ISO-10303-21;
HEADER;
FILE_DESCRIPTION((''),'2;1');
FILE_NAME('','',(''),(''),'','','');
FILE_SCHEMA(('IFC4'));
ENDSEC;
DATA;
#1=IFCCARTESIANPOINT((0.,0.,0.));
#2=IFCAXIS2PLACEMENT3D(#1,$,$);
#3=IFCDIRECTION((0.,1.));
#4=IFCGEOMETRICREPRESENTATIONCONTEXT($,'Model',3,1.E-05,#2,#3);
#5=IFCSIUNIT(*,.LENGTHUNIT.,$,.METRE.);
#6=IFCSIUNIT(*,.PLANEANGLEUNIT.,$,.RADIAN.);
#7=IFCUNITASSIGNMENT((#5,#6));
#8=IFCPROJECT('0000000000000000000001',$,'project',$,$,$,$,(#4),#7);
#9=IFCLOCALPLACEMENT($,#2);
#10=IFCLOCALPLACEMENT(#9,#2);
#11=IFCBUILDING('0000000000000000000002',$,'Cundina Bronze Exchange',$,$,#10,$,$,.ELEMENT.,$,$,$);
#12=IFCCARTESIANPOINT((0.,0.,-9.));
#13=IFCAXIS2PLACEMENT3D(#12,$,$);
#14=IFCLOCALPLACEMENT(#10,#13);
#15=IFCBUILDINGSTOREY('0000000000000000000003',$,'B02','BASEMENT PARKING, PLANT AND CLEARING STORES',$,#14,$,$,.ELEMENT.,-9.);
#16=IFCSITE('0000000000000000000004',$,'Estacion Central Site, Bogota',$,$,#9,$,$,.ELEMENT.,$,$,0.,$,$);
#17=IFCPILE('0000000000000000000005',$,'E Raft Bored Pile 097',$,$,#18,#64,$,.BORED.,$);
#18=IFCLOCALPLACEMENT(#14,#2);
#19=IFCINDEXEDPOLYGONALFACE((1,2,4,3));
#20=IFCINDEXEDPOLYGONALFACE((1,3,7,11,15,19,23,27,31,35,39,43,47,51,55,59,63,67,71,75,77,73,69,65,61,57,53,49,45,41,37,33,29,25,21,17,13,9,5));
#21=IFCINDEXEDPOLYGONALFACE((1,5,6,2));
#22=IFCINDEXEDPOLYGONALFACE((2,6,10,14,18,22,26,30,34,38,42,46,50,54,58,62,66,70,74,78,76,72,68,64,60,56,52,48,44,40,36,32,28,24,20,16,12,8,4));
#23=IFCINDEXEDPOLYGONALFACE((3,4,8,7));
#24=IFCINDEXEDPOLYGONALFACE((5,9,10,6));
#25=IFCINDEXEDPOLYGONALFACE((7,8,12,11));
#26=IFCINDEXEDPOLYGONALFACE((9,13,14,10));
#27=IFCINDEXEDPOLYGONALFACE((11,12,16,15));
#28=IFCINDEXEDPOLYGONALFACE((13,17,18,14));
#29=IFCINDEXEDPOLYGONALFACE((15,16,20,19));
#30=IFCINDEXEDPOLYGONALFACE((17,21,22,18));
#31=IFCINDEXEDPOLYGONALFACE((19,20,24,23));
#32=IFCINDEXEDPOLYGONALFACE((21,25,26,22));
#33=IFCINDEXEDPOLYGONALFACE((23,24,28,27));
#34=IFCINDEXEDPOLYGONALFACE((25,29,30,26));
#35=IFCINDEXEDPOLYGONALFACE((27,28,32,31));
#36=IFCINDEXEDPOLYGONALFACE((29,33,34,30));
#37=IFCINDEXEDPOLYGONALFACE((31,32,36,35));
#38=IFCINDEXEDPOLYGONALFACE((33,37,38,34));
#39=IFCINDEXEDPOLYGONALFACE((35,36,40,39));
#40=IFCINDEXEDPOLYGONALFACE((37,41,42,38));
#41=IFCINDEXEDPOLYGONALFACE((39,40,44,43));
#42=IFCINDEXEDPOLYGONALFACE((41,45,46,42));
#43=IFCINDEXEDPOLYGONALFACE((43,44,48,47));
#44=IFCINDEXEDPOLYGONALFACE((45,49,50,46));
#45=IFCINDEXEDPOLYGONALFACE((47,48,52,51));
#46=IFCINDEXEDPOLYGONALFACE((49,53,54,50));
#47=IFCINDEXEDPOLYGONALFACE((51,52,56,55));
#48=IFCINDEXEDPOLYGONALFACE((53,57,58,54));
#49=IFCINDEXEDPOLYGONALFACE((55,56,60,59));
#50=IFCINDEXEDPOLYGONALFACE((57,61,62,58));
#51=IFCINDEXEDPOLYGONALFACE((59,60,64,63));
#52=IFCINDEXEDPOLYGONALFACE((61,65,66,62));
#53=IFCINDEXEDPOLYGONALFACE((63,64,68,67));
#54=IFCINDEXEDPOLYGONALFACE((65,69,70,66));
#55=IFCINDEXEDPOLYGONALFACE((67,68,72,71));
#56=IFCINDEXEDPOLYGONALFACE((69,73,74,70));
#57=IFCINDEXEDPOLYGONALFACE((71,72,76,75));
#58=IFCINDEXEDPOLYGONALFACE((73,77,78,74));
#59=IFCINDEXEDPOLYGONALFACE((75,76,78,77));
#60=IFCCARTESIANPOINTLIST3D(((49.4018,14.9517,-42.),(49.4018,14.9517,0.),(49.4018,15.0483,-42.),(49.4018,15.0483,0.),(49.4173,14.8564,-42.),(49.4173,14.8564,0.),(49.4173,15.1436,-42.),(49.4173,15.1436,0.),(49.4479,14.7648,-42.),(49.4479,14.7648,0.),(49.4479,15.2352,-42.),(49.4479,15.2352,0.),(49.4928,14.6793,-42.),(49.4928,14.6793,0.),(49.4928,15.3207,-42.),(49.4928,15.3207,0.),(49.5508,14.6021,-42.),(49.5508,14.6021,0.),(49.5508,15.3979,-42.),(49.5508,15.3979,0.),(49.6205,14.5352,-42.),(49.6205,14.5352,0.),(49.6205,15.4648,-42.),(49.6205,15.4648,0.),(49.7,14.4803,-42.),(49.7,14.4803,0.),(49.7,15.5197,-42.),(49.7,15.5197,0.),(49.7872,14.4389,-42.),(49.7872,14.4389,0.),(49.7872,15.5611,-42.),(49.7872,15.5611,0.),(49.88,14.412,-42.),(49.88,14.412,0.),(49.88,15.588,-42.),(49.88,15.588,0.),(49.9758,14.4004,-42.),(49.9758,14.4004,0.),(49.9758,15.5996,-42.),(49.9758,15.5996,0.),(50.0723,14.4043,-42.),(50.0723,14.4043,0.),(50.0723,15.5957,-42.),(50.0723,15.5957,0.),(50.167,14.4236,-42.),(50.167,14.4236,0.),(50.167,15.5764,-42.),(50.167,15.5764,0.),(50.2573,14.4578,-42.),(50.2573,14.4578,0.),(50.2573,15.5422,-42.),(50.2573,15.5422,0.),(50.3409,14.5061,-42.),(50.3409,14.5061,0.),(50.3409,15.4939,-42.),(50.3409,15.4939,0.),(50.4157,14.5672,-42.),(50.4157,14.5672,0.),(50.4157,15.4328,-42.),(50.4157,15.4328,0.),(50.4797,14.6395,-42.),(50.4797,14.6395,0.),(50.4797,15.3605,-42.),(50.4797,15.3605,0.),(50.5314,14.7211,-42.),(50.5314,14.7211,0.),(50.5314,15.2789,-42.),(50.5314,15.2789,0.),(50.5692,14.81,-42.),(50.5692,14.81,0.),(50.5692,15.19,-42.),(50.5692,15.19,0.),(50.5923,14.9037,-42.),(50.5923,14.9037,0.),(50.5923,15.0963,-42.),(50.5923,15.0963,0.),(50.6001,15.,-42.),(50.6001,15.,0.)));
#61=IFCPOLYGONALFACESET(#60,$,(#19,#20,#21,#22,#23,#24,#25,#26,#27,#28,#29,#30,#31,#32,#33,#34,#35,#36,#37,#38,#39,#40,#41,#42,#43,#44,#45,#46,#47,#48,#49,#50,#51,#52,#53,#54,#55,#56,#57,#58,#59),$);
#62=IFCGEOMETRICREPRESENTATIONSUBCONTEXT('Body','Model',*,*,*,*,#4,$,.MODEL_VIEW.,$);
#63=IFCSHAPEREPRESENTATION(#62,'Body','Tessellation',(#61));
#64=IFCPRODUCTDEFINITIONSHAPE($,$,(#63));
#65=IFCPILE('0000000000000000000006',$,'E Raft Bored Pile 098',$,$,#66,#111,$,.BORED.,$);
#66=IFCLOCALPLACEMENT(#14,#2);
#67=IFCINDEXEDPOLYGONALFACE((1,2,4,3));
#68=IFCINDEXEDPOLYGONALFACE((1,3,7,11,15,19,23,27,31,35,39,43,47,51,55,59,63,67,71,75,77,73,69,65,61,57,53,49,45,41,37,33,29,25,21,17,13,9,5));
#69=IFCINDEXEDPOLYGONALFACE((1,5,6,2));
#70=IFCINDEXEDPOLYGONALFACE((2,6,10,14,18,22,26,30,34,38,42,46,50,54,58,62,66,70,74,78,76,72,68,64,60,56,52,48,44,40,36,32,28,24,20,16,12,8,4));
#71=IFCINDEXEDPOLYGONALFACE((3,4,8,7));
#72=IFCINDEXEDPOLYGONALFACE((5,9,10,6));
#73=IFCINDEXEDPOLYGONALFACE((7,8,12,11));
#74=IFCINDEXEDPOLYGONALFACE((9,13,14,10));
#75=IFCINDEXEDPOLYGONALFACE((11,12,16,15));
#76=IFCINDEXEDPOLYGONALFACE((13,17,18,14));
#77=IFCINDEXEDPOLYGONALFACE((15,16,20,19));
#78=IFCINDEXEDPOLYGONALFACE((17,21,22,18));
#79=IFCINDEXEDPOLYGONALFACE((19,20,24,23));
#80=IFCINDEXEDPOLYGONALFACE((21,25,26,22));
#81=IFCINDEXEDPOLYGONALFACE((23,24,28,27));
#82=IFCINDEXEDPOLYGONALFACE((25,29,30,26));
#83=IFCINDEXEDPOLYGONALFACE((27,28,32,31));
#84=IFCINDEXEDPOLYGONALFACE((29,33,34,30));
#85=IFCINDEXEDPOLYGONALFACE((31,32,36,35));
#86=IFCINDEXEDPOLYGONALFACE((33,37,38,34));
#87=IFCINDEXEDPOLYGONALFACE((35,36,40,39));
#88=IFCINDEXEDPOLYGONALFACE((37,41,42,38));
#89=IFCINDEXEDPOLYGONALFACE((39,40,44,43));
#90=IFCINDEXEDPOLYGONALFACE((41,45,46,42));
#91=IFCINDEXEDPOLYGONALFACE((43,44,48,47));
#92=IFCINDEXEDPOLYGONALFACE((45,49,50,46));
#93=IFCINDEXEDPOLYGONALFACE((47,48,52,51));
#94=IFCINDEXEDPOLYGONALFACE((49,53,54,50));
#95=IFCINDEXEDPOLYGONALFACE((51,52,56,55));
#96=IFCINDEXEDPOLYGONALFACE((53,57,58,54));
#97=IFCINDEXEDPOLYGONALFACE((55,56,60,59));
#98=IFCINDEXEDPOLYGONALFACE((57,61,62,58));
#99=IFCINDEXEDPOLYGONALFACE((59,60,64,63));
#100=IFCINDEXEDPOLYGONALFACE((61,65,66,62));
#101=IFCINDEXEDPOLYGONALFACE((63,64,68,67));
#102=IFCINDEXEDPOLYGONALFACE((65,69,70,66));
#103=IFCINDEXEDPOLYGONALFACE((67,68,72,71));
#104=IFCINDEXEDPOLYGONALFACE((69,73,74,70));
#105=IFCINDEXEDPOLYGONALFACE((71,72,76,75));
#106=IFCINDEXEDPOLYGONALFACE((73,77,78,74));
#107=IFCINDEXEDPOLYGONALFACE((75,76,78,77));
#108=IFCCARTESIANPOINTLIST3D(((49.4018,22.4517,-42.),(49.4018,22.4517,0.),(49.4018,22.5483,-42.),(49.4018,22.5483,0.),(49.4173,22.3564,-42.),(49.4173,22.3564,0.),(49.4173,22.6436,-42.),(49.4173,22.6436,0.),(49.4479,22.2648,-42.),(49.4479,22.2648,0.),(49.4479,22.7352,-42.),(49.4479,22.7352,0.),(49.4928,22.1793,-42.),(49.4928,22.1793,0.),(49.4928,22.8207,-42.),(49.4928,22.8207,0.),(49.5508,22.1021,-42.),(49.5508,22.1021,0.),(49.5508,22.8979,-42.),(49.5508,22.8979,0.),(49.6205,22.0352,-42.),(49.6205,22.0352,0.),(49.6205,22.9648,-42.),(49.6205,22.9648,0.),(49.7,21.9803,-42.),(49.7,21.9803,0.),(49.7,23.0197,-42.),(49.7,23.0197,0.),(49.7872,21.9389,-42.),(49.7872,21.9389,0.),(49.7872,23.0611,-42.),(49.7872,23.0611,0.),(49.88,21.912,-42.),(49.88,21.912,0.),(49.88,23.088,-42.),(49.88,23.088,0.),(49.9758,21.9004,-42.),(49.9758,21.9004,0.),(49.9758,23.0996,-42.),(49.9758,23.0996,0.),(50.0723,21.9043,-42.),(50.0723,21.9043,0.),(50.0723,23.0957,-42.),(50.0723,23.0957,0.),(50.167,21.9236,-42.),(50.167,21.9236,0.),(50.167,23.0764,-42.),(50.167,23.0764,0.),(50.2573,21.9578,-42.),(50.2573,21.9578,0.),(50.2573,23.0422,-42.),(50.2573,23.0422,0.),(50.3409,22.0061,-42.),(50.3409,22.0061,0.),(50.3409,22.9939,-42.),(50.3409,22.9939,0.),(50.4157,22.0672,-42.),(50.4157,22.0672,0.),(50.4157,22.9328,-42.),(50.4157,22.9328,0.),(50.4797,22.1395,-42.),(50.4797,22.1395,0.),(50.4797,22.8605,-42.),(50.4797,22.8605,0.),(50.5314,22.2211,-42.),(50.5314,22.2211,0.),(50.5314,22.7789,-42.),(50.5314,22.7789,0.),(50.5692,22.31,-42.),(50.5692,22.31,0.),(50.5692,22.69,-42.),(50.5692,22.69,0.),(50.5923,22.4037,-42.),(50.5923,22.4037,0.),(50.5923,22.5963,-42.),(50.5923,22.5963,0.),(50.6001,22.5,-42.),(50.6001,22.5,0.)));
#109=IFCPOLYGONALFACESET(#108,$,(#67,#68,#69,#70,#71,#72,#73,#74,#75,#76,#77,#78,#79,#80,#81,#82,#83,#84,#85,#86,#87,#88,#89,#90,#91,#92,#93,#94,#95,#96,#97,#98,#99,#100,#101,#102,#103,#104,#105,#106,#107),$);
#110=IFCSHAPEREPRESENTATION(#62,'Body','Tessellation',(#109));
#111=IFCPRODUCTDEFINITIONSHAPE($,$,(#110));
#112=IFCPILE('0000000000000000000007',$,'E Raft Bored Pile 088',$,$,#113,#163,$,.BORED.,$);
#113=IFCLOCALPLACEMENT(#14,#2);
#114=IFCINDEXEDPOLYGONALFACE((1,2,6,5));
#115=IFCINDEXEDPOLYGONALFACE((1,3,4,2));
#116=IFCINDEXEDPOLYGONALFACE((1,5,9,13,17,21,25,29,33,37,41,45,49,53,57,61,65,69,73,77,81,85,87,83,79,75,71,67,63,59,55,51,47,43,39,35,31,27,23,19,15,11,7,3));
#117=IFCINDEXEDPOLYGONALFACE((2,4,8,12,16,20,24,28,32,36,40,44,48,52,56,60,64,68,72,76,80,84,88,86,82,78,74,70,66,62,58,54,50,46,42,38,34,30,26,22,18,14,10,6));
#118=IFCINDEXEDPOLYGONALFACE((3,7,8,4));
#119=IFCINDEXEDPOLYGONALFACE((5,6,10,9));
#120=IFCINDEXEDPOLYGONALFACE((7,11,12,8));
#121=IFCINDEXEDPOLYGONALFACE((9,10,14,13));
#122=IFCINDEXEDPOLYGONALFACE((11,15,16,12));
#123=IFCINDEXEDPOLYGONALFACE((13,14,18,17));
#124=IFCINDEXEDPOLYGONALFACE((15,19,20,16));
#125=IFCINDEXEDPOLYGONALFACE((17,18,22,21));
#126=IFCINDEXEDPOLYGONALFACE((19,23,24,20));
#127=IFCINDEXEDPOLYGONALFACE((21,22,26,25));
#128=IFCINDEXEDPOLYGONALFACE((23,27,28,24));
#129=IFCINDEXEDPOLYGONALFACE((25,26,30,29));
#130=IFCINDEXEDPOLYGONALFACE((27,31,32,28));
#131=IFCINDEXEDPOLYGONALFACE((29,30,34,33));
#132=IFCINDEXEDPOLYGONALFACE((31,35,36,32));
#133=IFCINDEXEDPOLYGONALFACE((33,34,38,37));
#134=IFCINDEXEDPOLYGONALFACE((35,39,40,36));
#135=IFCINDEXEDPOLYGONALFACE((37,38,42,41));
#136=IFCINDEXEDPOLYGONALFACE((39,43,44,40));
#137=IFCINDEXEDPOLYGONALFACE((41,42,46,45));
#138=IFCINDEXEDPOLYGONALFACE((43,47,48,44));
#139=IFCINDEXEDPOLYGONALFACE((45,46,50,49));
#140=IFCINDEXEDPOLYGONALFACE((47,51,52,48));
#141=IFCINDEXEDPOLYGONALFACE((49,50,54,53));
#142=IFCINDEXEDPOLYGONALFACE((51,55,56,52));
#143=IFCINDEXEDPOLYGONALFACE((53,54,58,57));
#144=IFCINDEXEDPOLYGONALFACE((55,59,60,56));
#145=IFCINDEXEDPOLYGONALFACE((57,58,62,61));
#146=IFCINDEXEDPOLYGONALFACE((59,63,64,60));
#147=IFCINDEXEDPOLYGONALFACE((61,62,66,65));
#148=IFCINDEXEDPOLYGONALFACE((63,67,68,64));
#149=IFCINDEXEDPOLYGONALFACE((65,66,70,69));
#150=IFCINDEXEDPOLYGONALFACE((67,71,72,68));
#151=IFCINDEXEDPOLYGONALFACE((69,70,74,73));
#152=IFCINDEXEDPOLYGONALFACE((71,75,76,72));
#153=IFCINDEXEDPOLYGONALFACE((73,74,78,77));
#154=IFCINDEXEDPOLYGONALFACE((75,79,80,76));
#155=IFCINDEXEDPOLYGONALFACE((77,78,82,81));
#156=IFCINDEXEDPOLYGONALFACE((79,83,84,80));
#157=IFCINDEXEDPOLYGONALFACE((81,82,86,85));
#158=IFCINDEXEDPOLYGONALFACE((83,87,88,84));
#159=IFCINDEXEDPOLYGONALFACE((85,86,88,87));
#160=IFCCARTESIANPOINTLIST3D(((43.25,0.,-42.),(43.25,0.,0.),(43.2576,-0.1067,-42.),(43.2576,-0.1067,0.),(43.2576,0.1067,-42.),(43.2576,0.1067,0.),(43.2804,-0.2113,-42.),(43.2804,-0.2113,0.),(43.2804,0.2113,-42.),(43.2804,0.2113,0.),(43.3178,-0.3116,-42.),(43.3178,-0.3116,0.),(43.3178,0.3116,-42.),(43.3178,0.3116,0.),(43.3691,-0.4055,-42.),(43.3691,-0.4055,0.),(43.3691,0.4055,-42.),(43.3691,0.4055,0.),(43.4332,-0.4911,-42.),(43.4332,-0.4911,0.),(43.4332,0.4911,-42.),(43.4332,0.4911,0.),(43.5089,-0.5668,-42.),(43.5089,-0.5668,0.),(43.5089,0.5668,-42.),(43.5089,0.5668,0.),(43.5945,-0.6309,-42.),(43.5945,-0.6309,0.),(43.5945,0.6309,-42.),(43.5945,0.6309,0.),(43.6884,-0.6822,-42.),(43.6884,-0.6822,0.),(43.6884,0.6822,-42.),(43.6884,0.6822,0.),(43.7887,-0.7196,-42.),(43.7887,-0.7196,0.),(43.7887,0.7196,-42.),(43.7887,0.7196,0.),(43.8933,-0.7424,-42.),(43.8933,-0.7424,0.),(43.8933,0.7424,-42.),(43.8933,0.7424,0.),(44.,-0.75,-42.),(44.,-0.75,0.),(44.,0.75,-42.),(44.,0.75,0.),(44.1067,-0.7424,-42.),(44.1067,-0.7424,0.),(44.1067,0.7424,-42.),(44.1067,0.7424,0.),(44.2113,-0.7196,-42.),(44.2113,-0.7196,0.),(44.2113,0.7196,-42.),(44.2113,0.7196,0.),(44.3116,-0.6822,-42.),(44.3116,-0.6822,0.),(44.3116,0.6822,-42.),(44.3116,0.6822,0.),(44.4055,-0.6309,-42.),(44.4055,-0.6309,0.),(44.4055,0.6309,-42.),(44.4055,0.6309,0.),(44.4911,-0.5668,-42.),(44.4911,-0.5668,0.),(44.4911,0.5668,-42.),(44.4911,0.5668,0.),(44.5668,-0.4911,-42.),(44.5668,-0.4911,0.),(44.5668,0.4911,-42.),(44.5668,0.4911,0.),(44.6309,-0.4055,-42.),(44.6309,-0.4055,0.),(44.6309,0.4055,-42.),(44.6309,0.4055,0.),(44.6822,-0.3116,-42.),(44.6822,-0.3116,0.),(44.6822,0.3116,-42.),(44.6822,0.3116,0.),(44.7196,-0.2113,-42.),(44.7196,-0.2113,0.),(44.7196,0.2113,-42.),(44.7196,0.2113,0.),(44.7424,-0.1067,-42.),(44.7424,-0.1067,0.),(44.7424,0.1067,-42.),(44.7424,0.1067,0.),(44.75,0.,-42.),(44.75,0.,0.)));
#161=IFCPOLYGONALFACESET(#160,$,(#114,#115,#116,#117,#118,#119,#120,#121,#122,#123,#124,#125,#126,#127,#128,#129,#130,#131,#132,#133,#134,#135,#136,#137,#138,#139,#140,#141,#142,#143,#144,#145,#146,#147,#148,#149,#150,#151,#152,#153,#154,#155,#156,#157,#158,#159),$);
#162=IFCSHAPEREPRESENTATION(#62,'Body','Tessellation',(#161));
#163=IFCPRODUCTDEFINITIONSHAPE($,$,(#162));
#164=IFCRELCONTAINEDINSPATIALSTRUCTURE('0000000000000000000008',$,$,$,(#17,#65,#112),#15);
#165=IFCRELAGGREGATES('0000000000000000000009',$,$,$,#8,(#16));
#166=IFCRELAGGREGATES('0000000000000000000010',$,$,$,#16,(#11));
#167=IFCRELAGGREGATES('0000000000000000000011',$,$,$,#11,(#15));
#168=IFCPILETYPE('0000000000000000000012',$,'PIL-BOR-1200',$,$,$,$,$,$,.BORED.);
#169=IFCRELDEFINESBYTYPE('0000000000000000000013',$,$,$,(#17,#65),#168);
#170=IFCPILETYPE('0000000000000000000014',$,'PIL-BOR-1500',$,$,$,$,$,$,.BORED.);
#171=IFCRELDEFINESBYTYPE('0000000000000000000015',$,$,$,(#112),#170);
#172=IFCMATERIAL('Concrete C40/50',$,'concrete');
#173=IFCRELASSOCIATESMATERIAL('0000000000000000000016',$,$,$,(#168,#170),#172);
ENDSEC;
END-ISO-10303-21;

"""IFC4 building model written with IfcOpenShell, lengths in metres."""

from ifc_helpers import new_model, si_unit, direction, frame, origin, origin_2d, place, context, subcontext, project, spatial, circle, extrude, material, material_profile, profile_set, type_object, element, save


model = new_model("IFC4")

# Units and contexts
model_context = context("Model", 3, precision=1e-05, world=origin(), true_north=direction((0.0, 1.0)))
body_context = subcontext(model_context, "Body", "Model", "MODEL_VIEW")
ifc_project = project(units=[si_unit("LENGTHUNIT", "METRE"), si_unit("PLANEANGLEUNIT", "RADIAN")], contexts=[model_context])

# Site, building, storey
site_placement = place(None, origin())
site = spatial("IfcSite", under=ifc_project, at=site_placement, Name="Estacion Central Site, Bogota", CompositionType="ELEMENT", RefElevation=0.0)
building_placement = place(site_placement, origin())
building = spatial("IfcBuilding", under=site, at=building_placement, Name="Cundina Bronze Exchange", CompositionType="ELEMENT")
storey_placement = place(building_placement, frame((0.0, 0.0, -9.0)))
storey = spatial("IfcBuildingStorey", under=building, at=storey_placement, Name="B02", Description="BASEMENT PARKING, PLANT AND CLEARING STORES", CompositionType="ELEMENT", Elevation=-9.0)

# Shared definitions
ifc_material_1 = material(Name="Concrete C40/50", Category="concrete")

# Piles
ifc_material_profile_1 = material_profile(ifc_material_1, circle(Radius=0.6001, at=origin_2d()), Name="PILE1200D", Category="concrete")
ifc_profile_set_1 = profile_set([ifc_material_profile_1], Name="Concrete C40/50")
pile_type_1 = type_object("IfcPileType", Name="PIL-BOR-1200", PredefinedType="BORED", material=ifc_profile_set_1)
for number, where, z_axis, x_axis, name in (
    (1, (50.0, 15.0, 0.0), (0.0, 0.0, -1.0), (1.0, 0.0, 0.0), "E Raft Bored Pile 097"),
    (2, (50.0, 22.5, 0.0), (0.0, 0.0, -1.0), (1.0, 0.0, 0.0), "E Raft Bored Pile 098"),
):
    element("IfcPile", number, at=place(storey_placement, frame(where, z_axis=z_axis, x_axis=x_axis)), inside=storey, type_object=pile_type_1, Name=name, PredefinedType="BORED", context=body_context, shape_type="SweptSolid", body=[
        extrude(circle(Radius=0.6001, at=origin_2d()), origin(), (0.0, 0.0, 1.0), 42.0),
    ])
ifc_material_profile_2 = material_profile(ifc_material_1, circle(Radius=0.75, at=origin_2d()), Name="PILE1500D", Category="concrete")
ifc_profile_set_2 = profile_set([ifc_material_profile_2], Name="Concrete C40/50")
pile_type_2 = type_object("IfcPileType", Name="PIL-BOR-1500", PredefinedType="BORED", material=ifc_profile_set_2)
for number, where, z_axis, x_axis, name in (
    (3, (44.0, 0.0, 0.0), (0.0, 0.0, -1.0), (1.0, 0.0, 0.0), "E Raft Bored Pile 088"),
):
    element("IfcPile", number, at=place(storey_placement, frame(where, z_axis=z_axis, x_axis=x_axis)), inside=storey, type_object=pile_type_2, Name=name, PredefinedType="BORED", context=body_context, shape_type="SweptSolid", body=[
        extrude(circle(Radius=0.75, at=origin_2d()), origin(), (0.0, 0.0, 1.0), 42.0),
    ])

save(model, "model.ifc")
